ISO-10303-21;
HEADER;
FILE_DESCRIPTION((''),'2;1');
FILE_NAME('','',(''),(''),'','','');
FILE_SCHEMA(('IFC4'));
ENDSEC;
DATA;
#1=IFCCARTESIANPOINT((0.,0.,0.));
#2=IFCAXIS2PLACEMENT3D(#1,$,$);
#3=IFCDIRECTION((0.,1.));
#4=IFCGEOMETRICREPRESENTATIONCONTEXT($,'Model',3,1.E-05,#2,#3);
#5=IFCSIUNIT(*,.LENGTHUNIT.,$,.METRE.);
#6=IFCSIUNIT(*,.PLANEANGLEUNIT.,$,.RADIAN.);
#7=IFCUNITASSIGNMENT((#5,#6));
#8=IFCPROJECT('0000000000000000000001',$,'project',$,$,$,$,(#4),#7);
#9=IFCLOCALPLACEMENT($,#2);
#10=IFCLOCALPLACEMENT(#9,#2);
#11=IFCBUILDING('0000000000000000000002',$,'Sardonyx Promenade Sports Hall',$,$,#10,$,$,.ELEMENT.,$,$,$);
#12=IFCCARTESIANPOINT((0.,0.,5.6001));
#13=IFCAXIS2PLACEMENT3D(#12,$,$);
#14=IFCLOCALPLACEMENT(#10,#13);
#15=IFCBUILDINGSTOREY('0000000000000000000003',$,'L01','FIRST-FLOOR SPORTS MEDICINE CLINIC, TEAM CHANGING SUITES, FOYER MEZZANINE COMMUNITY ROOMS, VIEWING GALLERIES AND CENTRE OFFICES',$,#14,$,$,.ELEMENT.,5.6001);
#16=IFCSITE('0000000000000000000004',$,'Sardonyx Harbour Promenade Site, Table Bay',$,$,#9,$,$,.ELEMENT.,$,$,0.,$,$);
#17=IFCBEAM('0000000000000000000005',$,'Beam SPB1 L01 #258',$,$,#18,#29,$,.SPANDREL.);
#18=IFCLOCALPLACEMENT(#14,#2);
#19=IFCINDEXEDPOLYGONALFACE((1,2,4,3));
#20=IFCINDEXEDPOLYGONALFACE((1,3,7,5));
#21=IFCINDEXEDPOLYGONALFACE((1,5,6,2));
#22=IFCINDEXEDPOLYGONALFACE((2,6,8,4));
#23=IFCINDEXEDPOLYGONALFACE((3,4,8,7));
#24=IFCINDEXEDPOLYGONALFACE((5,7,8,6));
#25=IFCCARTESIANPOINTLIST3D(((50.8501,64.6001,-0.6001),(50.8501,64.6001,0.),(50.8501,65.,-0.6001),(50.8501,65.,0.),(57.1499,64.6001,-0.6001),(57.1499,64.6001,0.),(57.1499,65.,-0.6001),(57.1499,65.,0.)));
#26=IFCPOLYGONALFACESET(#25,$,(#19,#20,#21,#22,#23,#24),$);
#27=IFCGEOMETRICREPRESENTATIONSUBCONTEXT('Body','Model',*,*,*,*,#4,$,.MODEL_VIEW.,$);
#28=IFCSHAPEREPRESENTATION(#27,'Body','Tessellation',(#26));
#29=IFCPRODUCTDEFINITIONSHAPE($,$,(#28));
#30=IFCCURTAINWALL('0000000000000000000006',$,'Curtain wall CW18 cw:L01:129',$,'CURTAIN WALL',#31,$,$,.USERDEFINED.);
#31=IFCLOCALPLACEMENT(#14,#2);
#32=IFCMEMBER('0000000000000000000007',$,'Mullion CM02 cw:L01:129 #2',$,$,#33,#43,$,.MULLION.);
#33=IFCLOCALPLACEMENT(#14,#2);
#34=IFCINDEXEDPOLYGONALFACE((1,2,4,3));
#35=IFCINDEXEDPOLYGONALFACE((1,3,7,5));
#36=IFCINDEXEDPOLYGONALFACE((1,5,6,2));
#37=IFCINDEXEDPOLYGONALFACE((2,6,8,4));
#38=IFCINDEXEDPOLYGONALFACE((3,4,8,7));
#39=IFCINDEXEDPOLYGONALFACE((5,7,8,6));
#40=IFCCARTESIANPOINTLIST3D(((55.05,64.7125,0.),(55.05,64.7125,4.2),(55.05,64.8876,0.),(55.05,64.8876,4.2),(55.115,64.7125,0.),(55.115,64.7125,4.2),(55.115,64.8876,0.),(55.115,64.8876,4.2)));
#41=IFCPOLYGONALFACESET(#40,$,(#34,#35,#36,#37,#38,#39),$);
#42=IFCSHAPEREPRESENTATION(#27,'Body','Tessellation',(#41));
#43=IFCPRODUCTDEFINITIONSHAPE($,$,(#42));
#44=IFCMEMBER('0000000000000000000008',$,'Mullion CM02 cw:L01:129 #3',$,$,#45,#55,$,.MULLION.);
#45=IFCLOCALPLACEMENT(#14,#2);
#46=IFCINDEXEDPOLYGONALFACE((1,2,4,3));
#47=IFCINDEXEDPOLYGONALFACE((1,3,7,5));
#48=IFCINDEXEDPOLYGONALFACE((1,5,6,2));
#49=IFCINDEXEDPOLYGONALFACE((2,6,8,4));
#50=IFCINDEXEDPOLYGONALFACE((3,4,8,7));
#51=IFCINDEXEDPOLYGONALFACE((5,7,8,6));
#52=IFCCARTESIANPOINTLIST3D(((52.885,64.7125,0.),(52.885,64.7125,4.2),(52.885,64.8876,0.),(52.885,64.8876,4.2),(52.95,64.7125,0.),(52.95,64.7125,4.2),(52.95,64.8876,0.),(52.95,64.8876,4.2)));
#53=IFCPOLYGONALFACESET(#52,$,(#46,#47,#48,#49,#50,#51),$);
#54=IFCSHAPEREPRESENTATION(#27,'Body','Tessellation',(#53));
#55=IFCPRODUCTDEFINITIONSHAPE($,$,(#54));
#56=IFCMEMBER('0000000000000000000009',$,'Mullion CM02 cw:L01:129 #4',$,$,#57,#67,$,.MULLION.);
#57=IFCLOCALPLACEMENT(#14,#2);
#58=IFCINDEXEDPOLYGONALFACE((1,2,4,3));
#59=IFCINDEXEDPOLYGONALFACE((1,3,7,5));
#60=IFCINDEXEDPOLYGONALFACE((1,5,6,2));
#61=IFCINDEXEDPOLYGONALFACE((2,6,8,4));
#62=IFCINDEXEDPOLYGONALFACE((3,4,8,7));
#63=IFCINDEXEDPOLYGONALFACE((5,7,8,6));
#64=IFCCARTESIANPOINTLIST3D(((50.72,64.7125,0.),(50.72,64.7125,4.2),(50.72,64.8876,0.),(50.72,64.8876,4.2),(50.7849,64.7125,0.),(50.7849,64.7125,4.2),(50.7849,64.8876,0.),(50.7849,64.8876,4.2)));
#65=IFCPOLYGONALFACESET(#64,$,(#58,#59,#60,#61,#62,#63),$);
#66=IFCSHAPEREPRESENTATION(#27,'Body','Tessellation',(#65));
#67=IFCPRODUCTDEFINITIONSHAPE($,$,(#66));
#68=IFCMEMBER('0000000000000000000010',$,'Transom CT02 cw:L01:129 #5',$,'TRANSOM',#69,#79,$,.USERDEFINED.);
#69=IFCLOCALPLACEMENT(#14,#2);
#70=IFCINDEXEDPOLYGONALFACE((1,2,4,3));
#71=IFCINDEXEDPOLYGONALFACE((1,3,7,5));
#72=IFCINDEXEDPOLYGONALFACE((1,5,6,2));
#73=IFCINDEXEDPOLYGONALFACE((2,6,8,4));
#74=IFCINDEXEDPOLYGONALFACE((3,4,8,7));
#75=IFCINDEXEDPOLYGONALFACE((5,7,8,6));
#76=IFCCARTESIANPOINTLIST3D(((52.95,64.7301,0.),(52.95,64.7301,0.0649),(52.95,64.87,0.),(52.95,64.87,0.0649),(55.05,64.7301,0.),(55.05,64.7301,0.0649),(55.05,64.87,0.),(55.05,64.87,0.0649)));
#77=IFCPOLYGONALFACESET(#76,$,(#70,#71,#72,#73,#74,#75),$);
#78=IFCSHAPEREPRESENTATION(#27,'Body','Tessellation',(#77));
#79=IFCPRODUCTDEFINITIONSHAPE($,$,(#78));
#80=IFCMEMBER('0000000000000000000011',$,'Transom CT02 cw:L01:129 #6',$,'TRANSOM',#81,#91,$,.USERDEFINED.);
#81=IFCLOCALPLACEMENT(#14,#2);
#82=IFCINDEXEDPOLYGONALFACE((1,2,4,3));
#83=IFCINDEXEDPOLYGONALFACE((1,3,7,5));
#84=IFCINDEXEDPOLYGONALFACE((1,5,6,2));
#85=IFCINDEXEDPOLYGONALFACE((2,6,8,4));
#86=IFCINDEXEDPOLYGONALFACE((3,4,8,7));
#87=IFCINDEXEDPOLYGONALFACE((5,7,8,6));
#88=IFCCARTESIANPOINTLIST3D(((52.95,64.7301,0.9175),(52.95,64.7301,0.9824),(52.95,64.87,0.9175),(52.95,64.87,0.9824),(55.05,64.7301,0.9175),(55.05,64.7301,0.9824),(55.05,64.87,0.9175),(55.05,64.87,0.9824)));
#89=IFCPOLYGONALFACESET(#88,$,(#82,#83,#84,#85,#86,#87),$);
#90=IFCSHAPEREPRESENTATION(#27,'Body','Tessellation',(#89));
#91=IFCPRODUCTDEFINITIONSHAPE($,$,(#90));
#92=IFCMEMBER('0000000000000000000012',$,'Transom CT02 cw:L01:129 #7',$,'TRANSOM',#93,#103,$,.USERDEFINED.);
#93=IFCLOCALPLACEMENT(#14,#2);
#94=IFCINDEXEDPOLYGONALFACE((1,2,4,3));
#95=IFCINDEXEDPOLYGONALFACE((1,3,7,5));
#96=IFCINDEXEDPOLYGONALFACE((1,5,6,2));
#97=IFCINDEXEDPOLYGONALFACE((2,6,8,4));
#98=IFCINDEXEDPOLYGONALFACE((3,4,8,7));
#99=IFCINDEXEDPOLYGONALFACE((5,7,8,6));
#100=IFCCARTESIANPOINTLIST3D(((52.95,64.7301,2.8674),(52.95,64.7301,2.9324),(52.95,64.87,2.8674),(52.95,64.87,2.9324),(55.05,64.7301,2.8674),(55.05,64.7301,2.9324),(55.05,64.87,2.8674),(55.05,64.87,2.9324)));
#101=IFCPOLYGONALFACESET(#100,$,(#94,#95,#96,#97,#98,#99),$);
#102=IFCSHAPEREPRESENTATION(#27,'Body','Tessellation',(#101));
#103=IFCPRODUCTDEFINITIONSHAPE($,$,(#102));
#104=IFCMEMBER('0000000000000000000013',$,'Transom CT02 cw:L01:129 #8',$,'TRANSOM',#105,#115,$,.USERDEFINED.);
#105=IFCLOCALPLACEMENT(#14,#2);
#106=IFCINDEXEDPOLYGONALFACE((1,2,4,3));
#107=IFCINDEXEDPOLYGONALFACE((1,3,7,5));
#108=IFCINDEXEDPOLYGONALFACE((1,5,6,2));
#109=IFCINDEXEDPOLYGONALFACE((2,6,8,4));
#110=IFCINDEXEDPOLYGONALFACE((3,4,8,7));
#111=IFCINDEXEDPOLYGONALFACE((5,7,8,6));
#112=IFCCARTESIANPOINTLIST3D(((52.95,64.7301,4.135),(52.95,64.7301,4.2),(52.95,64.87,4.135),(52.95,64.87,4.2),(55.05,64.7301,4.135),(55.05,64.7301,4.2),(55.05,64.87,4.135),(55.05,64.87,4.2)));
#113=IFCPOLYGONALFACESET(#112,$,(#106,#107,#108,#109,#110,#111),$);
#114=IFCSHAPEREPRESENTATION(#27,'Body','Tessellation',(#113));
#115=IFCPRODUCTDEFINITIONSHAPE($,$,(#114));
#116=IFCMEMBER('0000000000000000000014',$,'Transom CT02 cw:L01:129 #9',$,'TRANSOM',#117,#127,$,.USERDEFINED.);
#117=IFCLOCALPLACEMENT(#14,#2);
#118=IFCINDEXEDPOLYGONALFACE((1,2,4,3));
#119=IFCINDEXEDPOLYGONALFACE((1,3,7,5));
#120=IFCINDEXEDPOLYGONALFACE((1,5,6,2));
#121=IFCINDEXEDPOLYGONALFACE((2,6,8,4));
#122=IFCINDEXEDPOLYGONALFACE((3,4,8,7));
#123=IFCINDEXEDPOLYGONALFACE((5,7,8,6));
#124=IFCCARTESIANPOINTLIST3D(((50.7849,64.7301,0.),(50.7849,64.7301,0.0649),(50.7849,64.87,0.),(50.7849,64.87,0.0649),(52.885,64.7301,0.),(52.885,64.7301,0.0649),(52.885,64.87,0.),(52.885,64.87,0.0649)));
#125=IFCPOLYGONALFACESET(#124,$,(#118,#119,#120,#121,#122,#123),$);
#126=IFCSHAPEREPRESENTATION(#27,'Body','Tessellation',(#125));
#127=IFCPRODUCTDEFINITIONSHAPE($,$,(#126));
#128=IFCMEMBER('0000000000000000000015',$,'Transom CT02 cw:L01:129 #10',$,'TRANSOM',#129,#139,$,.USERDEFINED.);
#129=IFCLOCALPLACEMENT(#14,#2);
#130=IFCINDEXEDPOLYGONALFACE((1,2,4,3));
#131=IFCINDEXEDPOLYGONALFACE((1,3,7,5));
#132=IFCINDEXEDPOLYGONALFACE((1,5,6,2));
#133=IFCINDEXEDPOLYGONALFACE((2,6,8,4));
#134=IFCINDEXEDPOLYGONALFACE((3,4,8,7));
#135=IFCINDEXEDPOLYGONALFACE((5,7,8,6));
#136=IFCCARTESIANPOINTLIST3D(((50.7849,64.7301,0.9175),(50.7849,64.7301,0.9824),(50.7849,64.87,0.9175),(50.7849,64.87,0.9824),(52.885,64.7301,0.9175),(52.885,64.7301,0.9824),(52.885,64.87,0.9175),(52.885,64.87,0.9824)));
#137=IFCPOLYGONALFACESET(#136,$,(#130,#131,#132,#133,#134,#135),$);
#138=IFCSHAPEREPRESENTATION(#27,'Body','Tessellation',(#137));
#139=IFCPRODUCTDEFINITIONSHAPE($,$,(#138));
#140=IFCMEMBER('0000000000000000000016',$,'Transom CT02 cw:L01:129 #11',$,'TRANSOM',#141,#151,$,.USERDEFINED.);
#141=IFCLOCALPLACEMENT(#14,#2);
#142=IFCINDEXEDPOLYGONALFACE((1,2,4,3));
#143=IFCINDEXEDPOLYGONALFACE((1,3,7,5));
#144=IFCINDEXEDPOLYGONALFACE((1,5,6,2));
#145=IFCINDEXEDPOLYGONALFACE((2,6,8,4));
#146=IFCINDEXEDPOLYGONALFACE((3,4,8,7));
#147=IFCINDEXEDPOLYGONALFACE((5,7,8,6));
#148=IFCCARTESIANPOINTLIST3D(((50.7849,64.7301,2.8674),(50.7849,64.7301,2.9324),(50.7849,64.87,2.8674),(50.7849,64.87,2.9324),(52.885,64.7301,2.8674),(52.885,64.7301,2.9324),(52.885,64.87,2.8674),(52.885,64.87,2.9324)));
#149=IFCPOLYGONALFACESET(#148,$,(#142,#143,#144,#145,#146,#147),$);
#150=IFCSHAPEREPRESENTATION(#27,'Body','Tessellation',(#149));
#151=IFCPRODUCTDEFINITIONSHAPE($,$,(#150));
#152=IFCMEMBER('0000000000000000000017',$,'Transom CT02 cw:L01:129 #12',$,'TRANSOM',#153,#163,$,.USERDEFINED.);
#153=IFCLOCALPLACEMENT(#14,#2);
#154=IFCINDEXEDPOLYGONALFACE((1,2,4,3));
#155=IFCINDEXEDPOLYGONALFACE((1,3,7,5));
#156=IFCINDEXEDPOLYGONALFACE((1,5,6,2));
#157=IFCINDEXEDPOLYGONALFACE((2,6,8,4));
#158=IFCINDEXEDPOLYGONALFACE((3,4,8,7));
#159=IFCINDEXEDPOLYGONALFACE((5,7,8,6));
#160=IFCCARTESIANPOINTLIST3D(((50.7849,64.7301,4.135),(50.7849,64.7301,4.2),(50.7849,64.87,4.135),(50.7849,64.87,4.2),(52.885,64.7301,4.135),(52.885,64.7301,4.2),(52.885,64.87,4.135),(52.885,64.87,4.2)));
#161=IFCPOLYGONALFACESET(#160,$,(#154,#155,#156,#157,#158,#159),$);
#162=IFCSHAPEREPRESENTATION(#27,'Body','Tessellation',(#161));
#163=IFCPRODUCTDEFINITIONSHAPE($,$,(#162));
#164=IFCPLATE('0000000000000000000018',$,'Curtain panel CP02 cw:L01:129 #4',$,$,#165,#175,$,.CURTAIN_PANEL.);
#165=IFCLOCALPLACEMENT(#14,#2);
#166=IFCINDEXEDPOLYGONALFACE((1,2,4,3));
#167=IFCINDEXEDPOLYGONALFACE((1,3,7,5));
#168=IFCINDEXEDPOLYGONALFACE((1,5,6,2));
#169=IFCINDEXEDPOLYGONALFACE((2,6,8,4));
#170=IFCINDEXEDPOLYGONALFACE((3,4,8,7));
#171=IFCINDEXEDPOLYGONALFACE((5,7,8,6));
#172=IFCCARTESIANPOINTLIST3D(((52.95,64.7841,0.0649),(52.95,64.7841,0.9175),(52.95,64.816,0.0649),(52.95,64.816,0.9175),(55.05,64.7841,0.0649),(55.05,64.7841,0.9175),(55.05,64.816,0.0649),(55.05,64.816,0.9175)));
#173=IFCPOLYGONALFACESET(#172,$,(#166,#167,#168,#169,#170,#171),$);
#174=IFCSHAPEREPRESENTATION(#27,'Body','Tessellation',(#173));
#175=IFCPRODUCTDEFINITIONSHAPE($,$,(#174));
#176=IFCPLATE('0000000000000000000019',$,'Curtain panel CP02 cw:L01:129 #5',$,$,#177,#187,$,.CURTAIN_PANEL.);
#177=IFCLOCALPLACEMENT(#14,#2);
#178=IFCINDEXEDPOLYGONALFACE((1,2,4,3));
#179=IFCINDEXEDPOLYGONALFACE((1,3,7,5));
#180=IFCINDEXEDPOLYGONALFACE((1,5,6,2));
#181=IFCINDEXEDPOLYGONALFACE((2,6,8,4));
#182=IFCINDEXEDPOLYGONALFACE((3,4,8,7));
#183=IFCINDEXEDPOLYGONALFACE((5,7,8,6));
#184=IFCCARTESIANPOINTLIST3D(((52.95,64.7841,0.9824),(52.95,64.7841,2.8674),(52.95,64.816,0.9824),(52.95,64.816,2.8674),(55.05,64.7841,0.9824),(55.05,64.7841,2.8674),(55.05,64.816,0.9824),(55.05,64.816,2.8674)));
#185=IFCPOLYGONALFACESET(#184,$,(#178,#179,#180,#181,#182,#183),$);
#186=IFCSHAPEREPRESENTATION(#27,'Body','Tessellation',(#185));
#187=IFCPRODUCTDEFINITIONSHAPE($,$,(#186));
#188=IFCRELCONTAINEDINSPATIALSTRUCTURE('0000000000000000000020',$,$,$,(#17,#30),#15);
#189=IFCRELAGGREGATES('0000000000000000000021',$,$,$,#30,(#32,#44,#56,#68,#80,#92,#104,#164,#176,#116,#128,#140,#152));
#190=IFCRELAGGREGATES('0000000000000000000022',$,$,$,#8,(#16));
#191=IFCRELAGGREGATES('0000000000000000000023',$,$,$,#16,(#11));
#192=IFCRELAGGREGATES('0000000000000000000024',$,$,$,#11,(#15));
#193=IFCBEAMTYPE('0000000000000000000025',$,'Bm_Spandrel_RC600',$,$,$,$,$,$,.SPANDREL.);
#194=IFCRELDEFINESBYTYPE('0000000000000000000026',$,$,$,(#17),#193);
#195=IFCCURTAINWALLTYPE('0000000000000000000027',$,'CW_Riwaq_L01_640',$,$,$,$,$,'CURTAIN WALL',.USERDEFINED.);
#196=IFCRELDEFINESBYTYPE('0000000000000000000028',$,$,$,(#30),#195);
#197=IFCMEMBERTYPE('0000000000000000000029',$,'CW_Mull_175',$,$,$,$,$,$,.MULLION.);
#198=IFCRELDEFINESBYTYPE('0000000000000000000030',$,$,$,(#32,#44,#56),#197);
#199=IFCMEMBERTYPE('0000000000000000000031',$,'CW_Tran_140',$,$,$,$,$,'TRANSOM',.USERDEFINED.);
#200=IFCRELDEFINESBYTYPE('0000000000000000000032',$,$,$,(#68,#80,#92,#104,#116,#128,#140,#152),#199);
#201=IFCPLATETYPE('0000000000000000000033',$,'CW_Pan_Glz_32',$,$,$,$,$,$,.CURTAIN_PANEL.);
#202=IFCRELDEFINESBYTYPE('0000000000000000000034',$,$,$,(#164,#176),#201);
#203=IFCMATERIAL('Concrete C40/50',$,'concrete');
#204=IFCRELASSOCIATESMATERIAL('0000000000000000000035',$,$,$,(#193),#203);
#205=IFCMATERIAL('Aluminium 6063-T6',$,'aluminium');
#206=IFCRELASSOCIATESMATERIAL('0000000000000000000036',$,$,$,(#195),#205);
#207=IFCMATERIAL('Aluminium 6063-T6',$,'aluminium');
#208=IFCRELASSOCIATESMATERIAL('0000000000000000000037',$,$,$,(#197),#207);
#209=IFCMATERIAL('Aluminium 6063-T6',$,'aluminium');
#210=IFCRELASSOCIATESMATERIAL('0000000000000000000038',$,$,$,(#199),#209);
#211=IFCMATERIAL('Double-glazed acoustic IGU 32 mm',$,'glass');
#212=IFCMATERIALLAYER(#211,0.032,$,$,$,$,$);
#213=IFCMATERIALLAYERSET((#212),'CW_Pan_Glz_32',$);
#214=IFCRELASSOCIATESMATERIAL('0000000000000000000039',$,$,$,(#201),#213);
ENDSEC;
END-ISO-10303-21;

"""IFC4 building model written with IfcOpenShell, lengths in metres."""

from ifc_helpers import new_model, si_unit, direction, frame, origin, origin_2d, place, context, subcontext, project, spatial, rectangle, extrude, material, layer, layer_set, material_profile, profile_set, type_object, element, aggregate, save


model = new_model("IFC4")

# Units and contexts
model_context = context("Model", 3, precision=1e-05, world=origin(), true_north=direction((0.0, 1.0)))
body_context = subcontext(model_context, "Body", "Model", "MODEL_VIEW")
ifc_project = project(units=[si_unit("LENGTHUNIT", "METRE"), si_unit("PLANEANGLEUNIT", "RADIAN")], contexts=[model_context])

# Site, building, storey
site_placement = place(None, origin())
site = spatial("IfcSite", under=ifc_project, at=site_placement, Name="Sardonyx Harbour Promenade Site, Table Bay", CompositionType="ELEMENT", RefElevation=0.0)
building_placement = place(site_placement, origin())
building = spatial("IfcBuilding", under=site, at=building_placement, Name="Sardonyx Promenade Sports Hall", CompositionType="ELEMENT")
storey_placement = place(building_placement, frame((0.0, 0.0, 5.6001)))
storey = spatial("IfcBuildingStorey", under=building, at=storey_placement, Name="L01", Description="FIRST-FLOOR SPORTS MEDICINE CLINIC, TEAM CHANGING SUITES, FOYER MEZZANINE COMMUNITY ROOMS, VIEWING GALLERIES AND CENTRE OFFICES", CompositionType="ELEMENT", Elevation=5.6001)

# Beam
ifc_material_1 = material(Name="Concrete C40/50", Category="concrete")
ifc_material_profile_1 = material_profile(ifc_material_1, rectangle(XDim=0.3999, YDim=0.6001, at=origin_2d()))
ifc_profile_set_1 = profile_set([ifc_material_profile_1], Name="Concrete C40/50")
beam_type = type_object("IfcBeamType", Name="Bm_Spandrel_RC600", PredefinedType="SPANDREL", material=ifc_profile_set_1)
beam_placement = place(storey_placement, frame((50.8501, 64.8, -0.3), z_axis=(1.0, 0.0, 0.0), x_axis=(0.0, 1.0, 0.0)))
element("IfcBeam", 1, at=beam_placement, inside=storey, type_object=beam_type, Name="Beam SPB1 L01 #258", PredefinedType="SPANDREL", context=body_context, shape_type="SweptSolid", body=[
    extrude(rectangle(XDim=0.3999, YDim=0.6001, at=origin_2d()), origin(), (0.0, 0.0, 1.0), 6.2998),
])

# Curtain wall, members, plates
ifc_material_2 = material(Name="Aluminium 6063-T6", Category="aluminium")
curtain_wall_type = type_object("IfcCurtainWallType", Name="CW_Riwaq_L01_640", ElementType="CURTAIN WALL", PredefinedType="USERDEFINED", material=ifc_material_2)
curtain_wall_placement = place(storey_placement, origin())
curtain_wall = element("IfcCurtainWall", 2, at=curtain_wall_placement, inside=storey, type_object=curtain_wall_type, Name="Curtain wall CW18 cw:L01:129", ObjectType="CURTAIN WALL", PredefinedType="USERDEFINED")
ifc_material_3 = material(Name="Aluminium 6063-T6", Category="aluminium")
ifc_material_profile_2 = material_profile(ifc_material_3, rectangle(XDim=0.0649, YDim=0.175, at=origin_2d()))
ifc_profile_set_2 = profile_set([ifc_material_profile_2], Name="Aluminium 6063-T6")
member_type_1 = type_object("IfcMemberType", Name="CW_Mull_175", PredefinedType="MULLION", material=ifc_profile_set_2)
member_1_placement = place(storey_placement, frame((55.0825, 64.8, 0.0), z_axis=(0.0, 0.0, 1.0), x_axis=(-1.0, 0.0, 0.0)))
member_1 = element("IfcMember", 3, at=member_1_placement, type_object=member_type_1, Name="Mullion CM02 cw:L01:129 #2", PredefinedType="MULLION", context=body_context, shape_type="SweptSolid", body=[
    extrude(rectangle(XDim=0.0649, YDim=0.175, at=origin_2d()), origin(), (0.0, 0.0, 1.0), 4.2),
])
member_2_placement = place(storey_placement, frame((52.9175, 64.8, 0.0), z_axis=(0.0, 0.0, 1.0), x_axis=(-1.0, 0.0, 0.0)))
member_2 = element("IfcMember", 4, at=member_2_placement, type_object=member_type_1, Name="Mullion CM02 cw:L01:129 #3", PredefinedType="MULLION", context=body_context, shape_type="SweptSolid", body=[
    extrude(rectangle(XDim=0.0649, YDim=0.175, at=origin_2d()), origin(), (0.0, 0.0, 1.0), 4.2),
])
member_3_placement = place(storey_placement, frame((50.7524, 64.8, 0.0), z_axis=(0.0, 0.0, 1.0), x_axis=(-1.0, 0.0, 0.0)))
member_3 = element("IfcMember", 5, at=member_3_placement, type_object=member_type_1, Name="Mullion CM02 cw:L01:129 #4", PredefinedType="MULLION", context=body_context, shape_type="SweptSolid", body=[
    extrude(rectangle(XDim=0.0649, YDim=0.175, at=origin_2d()), origin(), (0.0, 0.0, 1.0), 4.2),
])
ifc_material_4 = material(Name="Aluminium 6063-T6", Category="aluminium")
ifc_material_profile_3 = material_profile(ifc_material_4, rectangle(XDim=0.0649, YDim=0.1399, at=origin_2d()))
ifc_profile_set_3 = profile_set([ifc_material_profile_3], Name="Aluminium 6063-T6")
member_type_2 = type_object("IfcMemberType", Name="CW_Tran_140", ElementType="TRANSOM", PredefinedType="USERDEFINED", material=ifc_profile_set_3)
member_4_placement = place(storey_placement, frame((55.05, 64.8, 0.0325), z_axis=(-1.0, 0.0, 0.0), x_axis=(0.0, 0.0, 1.0)))
member_4 = element("IfcMember", 6, at=member_4_placement, type_object=member_type_2, Name="Transom CT02 cw:L01:129 #5", ObjectType="TRANSOM", PredefinedType="USERDEFINED", context=body_context, shape_type="SweptSolid", body=[
    extrude(rectangle(XDim=0.0649, YDim=0.1399, at=origin_2d()), origin(), (0.0, 0.0, 1.0), 2.1001),
])
member_5_placement = place(storey_placement, frame((55.05, 64.8, 0.95), z_axis=(-1.0, 0.0, 0.0), x_axis=(0.0, 0.0, 1.0)))
member_5 = element("IfcMember", 7, at=member_5_placement, type_object=member_type_2, Name="Transom CT02 cw:L01:129 #6", ObjectType="TRANSOM", PredefinedType="USERDEFINED", context=body_context, shape_type="SweptSolid", body=[
    extrude(rectangle(XDim=0.0649, YDim=0.1399, at=origin_2d()), origin(), (0.0, 0.0, 1.0), 2.1001),
])
member_6_placement = place(storey_placement, frame((55.05, 64.8, 2.8999), z_axis=(-1.0, 0.0, 0.0), x_axis=(0.0, 0.0, 1.0)))
member_6 = element("IfcMember", 8, at=member_6_placement, type_object=member_type_2, Name="Transom CT02 cw:L01:129 #7", ObjectType="TRANSOM", PredefinedType="USERDEFINED", context=body_context, shape_type="SweptSolid", body=[
    extrude(rectangle(XDim=0.0649, YDim=0.1399, at=origin_2d()), origin(), (0.0, 0.0, 1.0), 2.1001),
])
member_7_placement = place(storey_placement, frame((55.05, 64.8, 4.1675), z_axis=(-1.0, 0.0, 0.0), x_axis=(0.0, 0.0, 1.0)))
member_7 = element("IfcMember", 9, at=member_7_placement, type_object=member_type_2, Name="Transom CT02 cw:L01:129 #8", ObjectType="TRANSOM", PredefinedType="USERDEFINED", context=body_context, shape_type="SweptSolid", body=[
    extrude(rectangle(XDim=0.0649, YDim=0.1399, at=origin_2d()), origin(), (0.0, 0.0, 1.0), 2.1001),
])
member_8_placement = place(storey_placement, frame((52.885, 64.8, 0.0325), z_axis=(-1.0, 0.0, 0.0), x_axis=(0.0, 0.0, 1.0)))
member_8 = element("IfcMember", 10, at=member_8_placement, type_object=member_type_2, Name="Transom CT02 cw:L01:129 #9", ObjectType="TRANSOM", PredefinedType="USERDEFINED", context=body_context, shape_type="SweptSolid", body=[
    extrude(rectangle(XDim=0.0649, YDim=0.1399, at=origin_2d()), origin(), (0.0, 0.0, 1.0), 2.1001),
])
member_9_placement = place(storey_placement, frame((52.885, 64.8, 0.95), z_axis=(-1.0, 0.0, 0.0), x_axis=(0.0, 0.0, 1.0)))
member_9 = element("IfcMember", 11, at=member_9_placement, type_object=member_type_2, Name="Transom CT02 cw:L01:129 #10", ObjectType="TRANSOM", PredefinedType="USERDEFINED", context=body_context, shape_type="SweptSolid", body=[
    extrude(rectangle(XDim=0.0649, YDim=0.1399, at=origin_2d()), origin(), (0.0, 0.0, 1.0), 2.1001),
])
member_10_placement = place(storey_placement, frame((52.885, 64.8, 2.8999), z_axis=(-1.0, 0.0, 0.0), x_axis=(0.0, 0.0, 1.0)))
member_10 = element("IfcMember", 12, at=member_10_placement, type_object=member_type_2, Name="Transom CT02 cw:L01:129 #11", ObjectType="TRANSOM", PredefinedType="USERDEFINED", context=body_context, shape_type="SweptSolid", body=[
    extrude(rectangle(XDim=0.0649, YDim=0.1399, at=origin_2d()), origin(), (0.0, 0.0, 1.0), 2.1001),
])
member_11_placement = place(storey_placement, frame((52.885, 64.8, 4.1675), z_axis=(-1.0, 0.0, 0.0), x_axis=(0.0, 0.0, 1.0)))
member_11 = element("IfcMember", 13, at=member_11_placement, type_object=member_type_2, Name="Transom CT02 cw:L01:129 #12", ObjectType="TRANSOM", PredefinedType="USERDEFINED", context=body_context, shape_type="SweptSolid", body=[
    extrude(rectangle(XDim=0.0649, YDim=0.1399, at=origin_2d()), origin(), (0.0, 0.0, 1.0), 2.1001),
])
ifc_material_5 = material(Name="Double-glazed acoustic IGU 32 mm", Category="glass")
ifc_layer_1 = layer(ifc_material_5, 0.032)
ifc_layer_set_1 = layer_set([ifc_layer_1], Name="CW_Pan_Glz_32")
plate_type = type_object("IfcPlateType", Name="CW_Pan_Glz_32", PredefinedType="CURTAIN_PANEL", material=ifc_layer_set_1)
plate_1_placement = place(storey_placement, frame((54.0, 64.8, 0.0649), z_axis=(0.0, 0.0, 1.0), x_axis=(-1.0, 0.0, 0.0)))
plate_1 = element("IfcPlate", 14, at=plate_1_placement, type_object=plate_type, Name="Curtain panel CP02 cw:L01:129 #4", PredefinedType="CURTAIN_PANEL", context=body_context, shape_type="SweptSolid", body=[
    extrude(rectangle(XDim=2.1001, YDim=0.032, at=origin_2d()), origin(), (0.0, 0.0, 1.0), 0.8525),
])
plate_2_placement = place(storey_placement, frame((54.0, 64.8, 0.9824), z_axis=(0.0, 0.0, 1.0), x_axis=(-1.0, 0.0, 0.0)))
plate_2 = element("IfcPlate", 15, at=plate_2_placement, type_object=plate_type, Name="Curtain panel CP02 cw:L01:129 #5", PredefinedType="CURTAIN_PANEL", context=body_context, shape_type="SweptSolid", body=[
    extrude(rectangle(XDim=2.1001, YDim=0.032, at=origin_2d()), origin(), (0.0, 0.0, 1.0), 1.885),
])
aggregate(curtain_wall, [member_1, member_2, member_3, member_4, member_5, member_6, member_7, plate_1, plate_2, member_8, member_9, member_10, member_11])

save(model, "model.ifc")
